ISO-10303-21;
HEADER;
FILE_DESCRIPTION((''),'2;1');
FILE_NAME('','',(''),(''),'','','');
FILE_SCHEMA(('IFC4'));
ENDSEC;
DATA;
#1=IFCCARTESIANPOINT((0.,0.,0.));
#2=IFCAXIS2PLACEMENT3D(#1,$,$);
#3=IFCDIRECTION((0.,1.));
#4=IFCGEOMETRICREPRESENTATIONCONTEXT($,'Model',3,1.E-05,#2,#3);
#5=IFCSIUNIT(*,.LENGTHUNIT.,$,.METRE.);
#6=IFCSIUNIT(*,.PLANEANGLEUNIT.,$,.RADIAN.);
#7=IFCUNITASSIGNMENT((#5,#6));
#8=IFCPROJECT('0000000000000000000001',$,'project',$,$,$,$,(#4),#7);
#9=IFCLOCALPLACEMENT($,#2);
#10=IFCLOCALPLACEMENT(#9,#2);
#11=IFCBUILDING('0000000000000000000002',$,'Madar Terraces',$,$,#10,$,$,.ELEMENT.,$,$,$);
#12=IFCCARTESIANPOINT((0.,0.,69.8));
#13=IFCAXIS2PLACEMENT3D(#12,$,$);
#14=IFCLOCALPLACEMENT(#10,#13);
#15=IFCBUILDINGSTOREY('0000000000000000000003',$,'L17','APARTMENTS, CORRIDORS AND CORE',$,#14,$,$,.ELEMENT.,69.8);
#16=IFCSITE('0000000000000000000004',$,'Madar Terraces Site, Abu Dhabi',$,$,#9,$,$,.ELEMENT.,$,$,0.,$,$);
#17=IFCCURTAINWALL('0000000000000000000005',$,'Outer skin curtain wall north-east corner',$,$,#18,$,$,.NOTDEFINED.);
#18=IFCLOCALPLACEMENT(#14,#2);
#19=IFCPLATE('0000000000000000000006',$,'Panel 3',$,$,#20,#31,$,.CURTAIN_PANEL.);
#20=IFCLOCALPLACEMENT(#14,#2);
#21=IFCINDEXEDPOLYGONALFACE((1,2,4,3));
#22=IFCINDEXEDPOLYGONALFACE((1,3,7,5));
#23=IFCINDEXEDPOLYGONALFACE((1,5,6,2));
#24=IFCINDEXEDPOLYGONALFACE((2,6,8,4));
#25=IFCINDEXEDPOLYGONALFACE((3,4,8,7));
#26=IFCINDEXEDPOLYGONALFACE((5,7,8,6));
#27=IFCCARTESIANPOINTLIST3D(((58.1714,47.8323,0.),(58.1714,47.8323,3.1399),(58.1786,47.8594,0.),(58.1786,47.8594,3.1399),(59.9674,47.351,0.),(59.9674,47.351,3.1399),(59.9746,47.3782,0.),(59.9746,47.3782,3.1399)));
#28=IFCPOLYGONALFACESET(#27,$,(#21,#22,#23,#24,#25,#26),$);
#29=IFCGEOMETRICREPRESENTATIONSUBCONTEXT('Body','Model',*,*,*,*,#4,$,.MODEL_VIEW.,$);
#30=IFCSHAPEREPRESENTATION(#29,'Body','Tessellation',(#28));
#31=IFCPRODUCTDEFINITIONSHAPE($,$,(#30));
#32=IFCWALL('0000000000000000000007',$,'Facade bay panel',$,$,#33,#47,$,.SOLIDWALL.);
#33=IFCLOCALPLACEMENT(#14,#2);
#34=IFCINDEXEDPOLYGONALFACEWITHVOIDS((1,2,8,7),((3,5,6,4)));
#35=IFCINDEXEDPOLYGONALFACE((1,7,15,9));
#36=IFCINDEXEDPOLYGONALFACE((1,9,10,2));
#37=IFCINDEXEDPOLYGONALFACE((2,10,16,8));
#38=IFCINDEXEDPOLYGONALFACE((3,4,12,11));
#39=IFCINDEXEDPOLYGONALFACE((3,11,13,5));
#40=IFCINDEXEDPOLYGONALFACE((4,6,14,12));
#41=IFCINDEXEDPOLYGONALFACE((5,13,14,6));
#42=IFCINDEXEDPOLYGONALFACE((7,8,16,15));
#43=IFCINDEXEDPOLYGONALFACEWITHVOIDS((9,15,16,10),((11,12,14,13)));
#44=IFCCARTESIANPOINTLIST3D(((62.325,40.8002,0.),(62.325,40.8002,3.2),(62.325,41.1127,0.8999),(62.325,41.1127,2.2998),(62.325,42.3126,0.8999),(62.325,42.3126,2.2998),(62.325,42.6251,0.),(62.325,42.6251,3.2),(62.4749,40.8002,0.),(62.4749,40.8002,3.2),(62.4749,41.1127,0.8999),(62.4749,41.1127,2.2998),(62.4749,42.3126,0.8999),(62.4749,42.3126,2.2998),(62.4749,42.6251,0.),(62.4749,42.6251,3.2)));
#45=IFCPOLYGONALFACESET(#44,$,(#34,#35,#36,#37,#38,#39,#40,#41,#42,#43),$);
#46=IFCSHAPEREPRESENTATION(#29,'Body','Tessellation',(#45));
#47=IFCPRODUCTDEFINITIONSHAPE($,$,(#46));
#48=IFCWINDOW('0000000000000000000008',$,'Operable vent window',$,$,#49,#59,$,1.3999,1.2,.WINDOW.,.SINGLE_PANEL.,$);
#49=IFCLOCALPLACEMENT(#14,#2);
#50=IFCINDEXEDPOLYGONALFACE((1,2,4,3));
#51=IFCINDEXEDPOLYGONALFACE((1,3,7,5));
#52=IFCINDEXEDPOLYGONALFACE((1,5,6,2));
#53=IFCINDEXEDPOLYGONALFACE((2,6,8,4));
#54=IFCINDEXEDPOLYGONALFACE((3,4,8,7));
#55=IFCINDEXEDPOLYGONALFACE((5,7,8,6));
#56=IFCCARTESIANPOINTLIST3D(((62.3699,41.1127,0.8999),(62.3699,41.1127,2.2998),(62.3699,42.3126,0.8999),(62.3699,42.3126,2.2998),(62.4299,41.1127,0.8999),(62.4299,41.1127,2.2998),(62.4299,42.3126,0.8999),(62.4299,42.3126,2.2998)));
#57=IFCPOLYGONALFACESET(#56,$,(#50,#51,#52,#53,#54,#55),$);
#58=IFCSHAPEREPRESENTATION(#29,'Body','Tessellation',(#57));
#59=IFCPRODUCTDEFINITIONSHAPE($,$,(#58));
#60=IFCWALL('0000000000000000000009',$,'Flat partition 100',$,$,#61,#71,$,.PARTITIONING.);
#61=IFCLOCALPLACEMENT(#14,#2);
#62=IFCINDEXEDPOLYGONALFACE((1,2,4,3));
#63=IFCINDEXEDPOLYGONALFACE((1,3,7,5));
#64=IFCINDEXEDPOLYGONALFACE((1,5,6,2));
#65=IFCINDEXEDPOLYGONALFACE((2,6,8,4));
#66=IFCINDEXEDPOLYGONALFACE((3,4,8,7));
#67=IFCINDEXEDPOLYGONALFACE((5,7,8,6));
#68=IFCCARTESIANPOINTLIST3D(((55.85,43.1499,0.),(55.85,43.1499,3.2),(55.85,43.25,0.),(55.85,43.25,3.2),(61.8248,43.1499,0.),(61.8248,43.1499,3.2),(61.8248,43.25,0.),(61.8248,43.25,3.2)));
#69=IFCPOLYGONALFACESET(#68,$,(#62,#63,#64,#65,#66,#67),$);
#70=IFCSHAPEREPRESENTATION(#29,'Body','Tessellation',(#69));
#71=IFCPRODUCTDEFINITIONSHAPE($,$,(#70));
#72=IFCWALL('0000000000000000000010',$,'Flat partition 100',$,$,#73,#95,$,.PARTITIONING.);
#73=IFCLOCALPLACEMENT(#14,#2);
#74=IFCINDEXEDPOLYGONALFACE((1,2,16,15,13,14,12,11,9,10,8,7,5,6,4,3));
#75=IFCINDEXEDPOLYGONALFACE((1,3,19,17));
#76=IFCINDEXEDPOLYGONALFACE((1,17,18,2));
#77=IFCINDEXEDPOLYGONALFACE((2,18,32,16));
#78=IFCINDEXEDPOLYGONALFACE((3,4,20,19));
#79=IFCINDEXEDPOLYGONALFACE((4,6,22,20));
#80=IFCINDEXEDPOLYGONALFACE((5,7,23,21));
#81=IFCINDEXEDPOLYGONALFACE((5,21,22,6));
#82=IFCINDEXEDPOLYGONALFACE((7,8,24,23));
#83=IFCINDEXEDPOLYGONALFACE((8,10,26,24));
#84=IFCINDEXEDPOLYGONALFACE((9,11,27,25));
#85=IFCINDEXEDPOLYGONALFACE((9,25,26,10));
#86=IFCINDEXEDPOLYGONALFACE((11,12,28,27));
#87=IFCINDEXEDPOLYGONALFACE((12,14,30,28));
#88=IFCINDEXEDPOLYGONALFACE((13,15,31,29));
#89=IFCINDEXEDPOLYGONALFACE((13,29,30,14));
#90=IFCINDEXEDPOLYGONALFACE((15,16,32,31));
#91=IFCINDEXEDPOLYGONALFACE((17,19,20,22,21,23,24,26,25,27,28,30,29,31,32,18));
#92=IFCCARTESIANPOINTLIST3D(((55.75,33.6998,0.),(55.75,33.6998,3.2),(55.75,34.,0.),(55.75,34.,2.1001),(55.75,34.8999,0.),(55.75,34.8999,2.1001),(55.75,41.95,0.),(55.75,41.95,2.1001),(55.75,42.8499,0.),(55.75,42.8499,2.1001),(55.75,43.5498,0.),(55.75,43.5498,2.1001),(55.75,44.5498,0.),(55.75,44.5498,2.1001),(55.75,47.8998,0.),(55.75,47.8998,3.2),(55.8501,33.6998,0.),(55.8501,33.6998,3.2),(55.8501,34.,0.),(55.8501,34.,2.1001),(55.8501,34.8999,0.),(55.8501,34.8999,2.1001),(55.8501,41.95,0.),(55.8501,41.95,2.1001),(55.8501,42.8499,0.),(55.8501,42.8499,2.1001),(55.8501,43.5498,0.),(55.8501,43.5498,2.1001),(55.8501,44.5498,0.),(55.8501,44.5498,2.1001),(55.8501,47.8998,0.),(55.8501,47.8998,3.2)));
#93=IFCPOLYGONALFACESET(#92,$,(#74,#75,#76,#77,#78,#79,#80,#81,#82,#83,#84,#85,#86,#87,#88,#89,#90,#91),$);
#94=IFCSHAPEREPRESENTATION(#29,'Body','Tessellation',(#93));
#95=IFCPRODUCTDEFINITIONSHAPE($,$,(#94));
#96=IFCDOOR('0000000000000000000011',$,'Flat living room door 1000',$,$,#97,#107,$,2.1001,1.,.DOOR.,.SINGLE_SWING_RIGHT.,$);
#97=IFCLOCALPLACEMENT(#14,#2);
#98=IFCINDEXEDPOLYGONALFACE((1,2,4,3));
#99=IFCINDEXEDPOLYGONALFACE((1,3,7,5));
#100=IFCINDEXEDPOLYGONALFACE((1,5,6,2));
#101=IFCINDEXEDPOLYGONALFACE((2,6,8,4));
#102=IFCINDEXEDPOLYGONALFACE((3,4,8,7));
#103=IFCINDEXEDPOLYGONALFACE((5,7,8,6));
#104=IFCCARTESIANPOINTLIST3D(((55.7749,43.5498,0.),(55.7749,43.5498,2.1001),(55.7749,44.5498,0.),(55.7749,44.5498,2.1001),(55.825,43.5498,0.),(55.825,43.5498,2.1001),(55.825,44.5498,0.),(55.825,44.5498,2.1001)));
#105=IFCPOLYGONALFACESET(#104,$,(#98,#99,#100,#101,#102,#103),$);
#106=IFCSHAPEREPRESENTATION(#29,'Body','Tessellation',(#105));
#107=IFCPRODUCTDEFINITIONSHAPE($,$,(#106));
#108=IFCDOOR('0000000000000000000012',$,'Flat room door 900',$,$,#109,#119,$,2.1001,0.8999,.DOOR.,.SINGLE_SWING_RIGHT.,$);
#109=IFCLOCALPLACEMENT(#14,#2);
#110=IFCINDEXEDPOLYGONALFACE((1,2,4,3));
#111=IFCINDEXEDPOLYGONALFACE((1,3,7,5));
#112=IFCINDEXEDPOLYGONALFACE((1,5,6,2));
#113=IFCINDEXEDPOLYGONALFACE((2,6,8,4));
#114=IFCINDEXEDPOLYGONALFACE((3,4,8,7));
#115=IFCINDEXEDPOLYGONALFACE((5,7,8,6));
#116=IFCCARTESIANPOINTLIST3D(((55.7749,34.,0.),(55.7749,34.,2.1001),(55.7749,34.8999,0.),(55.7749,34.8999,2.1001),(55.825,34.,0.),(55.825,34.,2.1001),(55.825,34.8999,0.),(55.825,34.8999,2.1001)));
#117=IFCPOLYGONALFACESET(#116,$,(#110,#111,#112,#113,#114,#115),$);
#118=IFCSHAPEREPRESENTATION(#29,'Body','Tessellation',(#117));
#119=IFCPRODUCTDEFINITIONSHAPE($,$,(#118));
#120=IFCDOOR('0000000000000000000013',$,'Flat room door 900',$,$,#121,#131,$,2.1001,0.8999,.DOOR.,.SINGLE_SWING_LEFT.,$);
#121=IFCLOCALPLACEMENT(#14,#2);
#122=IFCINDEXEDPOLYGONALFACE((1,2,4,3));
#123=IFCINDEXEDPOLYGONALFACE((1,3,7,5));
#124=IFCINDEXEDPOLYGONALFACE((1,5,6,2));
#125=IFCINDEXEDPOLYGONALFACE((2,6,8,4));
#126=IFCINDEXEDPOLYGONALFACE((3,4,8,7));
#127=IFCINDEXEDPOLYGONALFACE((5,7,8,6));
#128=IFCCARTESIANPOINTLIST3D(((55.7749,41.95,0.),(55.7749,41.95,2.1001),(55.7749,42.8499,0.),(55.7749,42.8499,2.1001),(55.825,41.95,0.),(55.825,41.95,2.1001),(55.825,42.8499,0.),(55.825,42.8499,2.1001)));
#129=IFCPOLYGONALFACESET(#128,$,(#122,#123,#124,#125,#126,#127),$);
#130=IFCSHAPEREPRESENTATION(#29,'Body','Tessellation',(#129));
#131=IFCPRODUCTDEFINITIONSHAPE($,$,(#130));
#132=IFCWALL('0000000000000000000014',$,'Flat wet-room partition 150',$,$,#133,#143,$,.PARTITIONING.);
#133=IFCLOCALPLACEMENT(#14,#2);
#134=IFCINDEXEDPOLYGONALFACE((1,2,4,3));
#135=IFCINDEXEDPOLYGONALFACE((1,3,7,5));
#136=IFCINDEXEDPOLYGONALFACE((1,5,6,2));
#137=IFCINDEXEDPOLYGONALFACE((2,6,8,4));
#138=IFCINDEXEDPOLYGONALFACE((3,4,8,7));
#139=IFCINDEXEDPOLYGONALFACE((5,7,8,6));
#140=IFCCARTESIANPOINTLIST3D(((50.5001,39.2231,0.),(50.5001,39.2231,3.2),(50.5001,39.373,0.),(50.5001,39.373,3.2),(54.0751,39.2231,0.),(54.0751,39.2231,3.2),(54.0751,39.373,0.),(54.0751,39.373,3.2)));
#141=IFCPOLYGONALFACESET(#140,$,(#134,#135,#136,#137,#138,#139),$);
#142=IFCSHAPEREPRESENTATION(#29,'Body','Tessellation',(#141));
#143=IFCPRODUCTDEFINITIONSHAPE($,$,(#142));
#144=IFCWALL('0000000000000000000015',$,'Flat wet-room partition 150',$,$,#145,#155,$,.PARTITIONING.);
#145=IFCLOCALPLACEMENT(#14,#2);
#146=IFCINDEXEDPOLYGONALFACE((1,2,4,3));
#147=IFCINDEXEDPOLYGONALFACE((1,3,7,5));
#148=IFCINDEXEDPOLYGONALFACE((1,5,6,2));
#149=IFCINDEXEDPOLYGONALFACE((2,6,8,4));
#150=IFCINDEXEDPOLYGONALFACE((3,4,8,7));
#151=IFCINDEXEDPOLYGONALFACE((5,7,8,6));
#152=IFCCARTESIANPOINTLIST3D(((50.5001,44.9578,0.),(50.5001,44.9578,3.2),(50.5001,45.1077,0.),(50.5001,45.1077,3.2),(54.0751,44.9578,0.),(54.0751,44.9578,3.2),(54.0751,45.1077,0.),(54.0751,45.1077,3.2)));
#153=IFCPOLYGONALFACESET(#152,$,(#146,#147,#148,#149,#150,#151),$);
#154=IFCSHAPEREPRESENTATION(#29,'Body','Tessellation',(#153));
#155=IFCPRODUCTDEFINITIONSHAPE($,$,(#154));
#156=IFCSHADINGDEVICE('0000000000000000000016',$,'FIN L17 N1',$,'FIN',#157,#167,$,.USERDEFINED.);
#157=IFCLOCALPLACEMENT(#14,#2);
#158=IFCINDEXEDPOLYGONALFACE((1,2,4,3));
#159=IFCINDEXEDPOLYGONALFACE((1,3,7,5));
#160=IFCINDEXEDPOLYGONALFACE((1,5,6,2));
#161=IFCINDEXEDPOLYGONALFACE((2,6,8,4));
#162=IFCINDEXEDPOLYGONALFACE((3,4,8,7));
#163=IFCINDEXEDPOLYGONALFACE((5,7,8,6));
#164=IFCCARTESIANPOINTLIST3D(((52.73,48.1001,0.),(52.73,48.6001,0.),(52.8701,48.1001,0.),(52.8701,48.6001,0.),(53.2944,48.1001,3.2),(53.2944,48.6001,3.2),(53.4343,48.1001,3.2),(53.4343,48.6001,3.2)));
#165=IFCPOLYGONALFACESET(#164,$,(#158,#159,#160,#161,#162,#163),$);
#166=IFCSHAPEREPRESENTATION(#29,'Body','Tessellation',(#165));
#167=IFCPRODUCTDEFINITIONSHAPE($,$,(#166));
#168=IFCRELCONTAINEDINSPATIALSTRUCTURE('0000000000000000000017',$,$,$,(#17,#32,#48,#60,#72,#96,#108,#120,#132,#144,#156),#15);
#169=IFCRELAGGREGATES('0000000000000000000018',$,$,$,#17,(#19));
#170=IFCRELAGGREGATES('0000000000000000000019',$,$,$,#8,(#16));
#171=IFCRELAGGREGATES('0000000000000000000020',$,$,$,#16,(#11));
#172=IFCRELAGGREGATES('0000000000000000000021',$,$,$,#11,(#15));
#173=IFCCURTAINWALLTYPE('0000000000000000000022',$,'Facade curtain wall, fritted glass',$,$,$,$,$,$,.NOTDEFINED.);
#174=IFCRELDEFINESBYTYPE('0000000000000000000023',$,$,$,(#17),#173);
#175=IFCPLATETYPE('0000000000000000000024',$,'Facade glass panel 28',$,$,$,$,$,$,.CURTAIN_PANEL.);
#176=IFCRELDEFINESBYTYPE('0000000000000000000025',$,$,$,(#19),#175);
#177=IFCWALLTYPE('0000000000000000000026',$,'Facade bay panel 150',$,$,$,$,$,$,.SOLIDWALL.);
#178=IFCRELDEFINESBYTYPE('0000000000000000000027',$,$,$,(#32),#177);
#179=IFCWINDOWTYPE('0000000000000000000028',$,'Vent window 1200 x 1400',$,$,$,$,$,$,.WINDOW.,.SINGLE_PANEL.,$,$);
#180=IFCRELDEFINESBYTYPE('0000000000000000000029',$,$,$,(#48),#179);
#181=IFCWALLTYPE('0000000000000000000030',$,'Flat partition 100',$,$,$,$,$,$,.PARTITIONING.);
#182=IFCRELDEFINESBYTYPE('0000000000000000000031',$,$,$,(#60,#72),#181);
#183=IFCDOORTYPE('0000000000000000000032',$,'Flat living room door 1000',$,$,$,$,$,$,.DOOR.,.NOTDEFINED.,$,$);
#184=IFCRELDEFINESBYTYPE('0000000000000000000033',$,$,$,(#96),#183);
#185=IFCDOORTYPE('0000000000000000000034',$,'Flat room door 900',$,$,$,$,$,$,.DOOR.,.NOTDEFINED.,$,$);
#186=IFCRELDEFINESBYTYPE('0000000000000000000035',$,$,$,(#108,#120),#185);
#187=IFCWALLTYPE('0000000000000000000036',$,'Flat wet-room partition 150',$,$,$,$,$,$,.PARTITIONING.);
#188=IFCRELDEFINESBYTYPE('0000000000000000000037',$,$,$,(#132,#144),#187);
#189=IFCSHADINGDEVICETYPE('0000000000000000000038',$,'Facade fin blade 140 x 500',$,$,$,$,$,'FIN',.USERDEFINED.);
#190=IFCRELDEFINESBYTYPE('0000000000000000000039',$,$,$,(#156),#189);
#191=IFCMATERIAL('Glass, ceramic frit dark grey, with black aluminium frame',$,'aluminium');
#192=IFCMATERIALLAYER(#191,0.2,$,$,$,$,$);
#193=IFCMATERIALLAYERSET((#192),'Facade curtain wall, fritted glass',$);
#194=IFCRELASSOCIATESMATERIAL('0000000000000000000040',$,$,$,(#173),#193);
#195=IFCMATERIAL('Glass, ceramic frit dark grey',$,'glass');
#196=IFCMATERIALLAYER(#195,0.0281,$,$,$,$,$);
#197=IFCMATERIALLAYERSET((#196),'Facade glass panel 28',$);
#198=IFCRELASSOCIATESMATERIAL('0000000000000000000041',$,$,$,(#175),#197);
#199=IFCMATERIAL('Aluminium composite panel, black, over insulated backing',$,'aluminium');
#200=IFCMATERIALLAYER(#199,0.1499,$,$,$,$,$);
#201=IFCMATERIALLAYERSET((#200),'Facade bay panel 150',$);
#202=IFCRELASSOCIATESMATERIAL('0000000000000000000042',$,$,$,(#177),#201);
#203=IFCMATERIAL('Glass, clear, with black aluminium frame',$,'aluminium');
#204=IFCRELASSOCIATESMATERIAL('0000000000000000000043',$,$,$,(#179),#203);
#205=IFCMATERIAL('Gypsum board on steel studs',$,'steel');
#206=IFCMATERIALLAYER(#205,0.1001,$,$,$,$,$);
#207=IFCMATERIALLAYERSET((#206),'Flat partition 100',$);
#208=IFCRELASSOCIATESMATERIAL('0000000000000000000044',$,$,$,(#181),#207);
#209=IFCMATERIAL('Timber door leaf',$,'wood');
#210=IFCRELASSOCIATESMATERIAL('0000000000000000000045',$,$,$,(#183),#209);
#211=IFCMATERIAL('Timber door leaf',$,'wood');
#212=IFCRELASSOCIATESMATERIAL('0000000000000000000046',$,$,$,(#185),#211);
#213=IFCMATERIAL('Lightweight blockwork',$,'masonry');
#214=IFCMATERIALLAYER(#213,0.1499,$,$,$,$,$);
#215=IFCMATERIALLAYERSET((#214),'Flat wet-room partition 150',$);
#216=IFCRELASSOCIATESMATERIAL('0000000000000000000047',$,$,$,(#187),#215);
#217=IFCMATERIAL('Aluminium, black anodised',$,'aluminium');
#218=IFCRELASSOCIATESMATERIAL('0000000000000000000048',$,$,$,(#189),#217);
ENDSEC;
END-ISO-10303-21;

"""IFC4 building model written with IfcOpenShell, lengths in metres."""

from ifc_helpers import new_model, si_unit, direction, frame, frame_2d, origin, origin_2d, place, context, subcontext, project, spatial, polyline, rectangle, outline, extrude, material, layer, layer_set, type_object, element, fill, aggregate, save


model = new_model("IFC4")

# Units and contexts
model_context = context("Model", 3, precision=1e-05, world=origin(), true_north=direction((0.0, 1.0)))
body_context = subcontext(model_context, "Body", "Model", "MODEL_VIEW")
ifc_project = project(units=[si_unit("LENGTHUNIT", "METRE"), si_unit("PLANEANGLEUNIT", "RADIAN")], contexts=[model_context])

# Site, building, storey
site_placement = place(None, origin())
site = spatial("IfcSite", under=ifc_project, at=site_placement, Name="Madar Terraces Site, Abu Dhabi", CompositionType="ELEMENT", RefElevation=0.0)
building_placement = place(site_placement, origin())
building = spatial("IfcBuilding", under=site, at=building_placement, Name="Madar Terraces", CompositionType="ELEMENT")
storey_placement = place(building_placement, frame((0.0, 0.0, 69.8)))
storey = spatial("IfcBuildingStorey", under=building, at=storey_placement, Name="L17", Description="APARTMENTS, CORRIDORS AND CORE", CompositionType="ELEMENT", Elevation=69.8)

# Shared definitions
ifc_material_1 = material(Name="Glass, ceramic frit dark grey, with black aluminium frame", Category="aluminium")
ifc_layer_1 = layer(ifc_material_1, 0.2)
ifc_layer_set_1 = layer_set([ifc_layer_1], Name="Facade curtain wall, fritted glass")
curtain_wall_type = type_object("IfcCurtainWallType", Name="Facade curtain wall, fritted glass", PredefinedType="NOTDEFINED", material=ifc_layer_set_1)

# Curtain wall
curtain_wall_1_placement = place(storey_placement, origin())
curtain_wall_1 = element("IfcCurtainWall", 1, at=curtain_wall_1_placement, inside=storey, type_object=curtain_wall_type, Name="Outer skin curtain wall north-east corner", PredefinedType="NOTDEFINED")

# Shared definitions
ifc_material_2 = material(Name="Glass, ceramic frit dark grey", Category="glass")
ifc_layer_2 = layer(ifc_material_2, 0.0281)
ifc_layer_set_2 = layer_set([ifc_layer_2], Name="Facade glass panel 28")
plate_type = type_object("IfcPlateType", Name="Facade glass panel 28", PredefinedType="CURTAIN_PANEL", material=ifc_layer_set_2)

# Plate
plate_1_placement = place(storey_placement, frame((59.073, 47.6052, 0.0), z_axis=(0.0, 0.0, 1.0), x_axis=(-0.965926, 0.258819, 0.0)))
plate_1 = element("IfcPlate", 2, at=plate_1_placement, type_object=plate_type, Name="Panel 3", PredefinedType="CURTAIN_PANEL", context=body_context, shape_type="SweptSolid", body=[
    extrude(rectangle(XDim=1.8594, YDim=0.0281, at=origin_2d()), origin(), (0.0, 0.0, 1.0), 3.1399),
])
aggregate(curtain_wall_1, [plate_1])

# Wall, opening, window
ifc_material_3 = material(Name="Aluminium composite panel, black, over insulated backing", Category="aluminium")
ifc_layer_3 = layer(ifc_material_3, 0.1499)
ifc_layer_set_3 = layer_set([ifc_layer_3], Name="Facade bay panel 150")
wall_type_1 = type_object("IfcWallType", Name="Facade bay panel 150", PredefinedType="SOLIDWALL", material=ifc_layer_set_3)
wall_1_placement = place(storey_placement, frame((62.3999, 40.8, 0.0), z_axis=(0.0, 0.0, 1.0), x_axis=(0.0, 1.0, 0.0)))
wall_1 = element("IfcWall", 3, at=wall_1_placement, inside=storey, type_object=wall_type_1, Name="Facade bay panel", PredefinedType="SOLIDWALL", context=body_context, shape_type="SweptSolid", body=[
    extrude(rectangle(XDim=1.825, YDim=0.1499, at=frame_2d((0.9126, 0.0))), origin(), (0.0, 0.0, 1.0), 3.2),
])
opening_1_placement = place(wall_1_placement, frame((0.3125, 0.0, 0.8999)))
opening_1 = element("IfcOpeningElement", 4, at=opening_1_placement, cuts=wall_1, PredefinedType="OPENING", context=body_context, shape_type="SweptSolid", body=[
    extrude(rectangle(XDim=1.2, YDim=1.3999, at=frame_2d((0.6001, 0.7))), frame((0.0, 0.085, 0.0), z_axis=(0.0, -1.0, 0.0), x_axis=(1.0, 0.0, 0.0)), (0.0, 0.0, 1.0), 0.1699),
])
ifc_material_4 = material(Name="Glass, clear, with black aluminium frame", Category="aluminium")
window_type = type_object("IfcWindowType", Name="Vent window 1200 x 1400", PartitioningType="SINGLE_PANEL", PredefinedType="WINDOW", material=ifc_material_4)
window_placement = place(opening_1_placement, origin())
window = element("IfcWindow", 5, at=window_placement, inside=storey, type_object=window_type, Name="Operable vent window", OverallHeight=1.3999, OverallWidth=1.2, PartitioningType="SINGLE_PANEL", PredefinedType="WINDOW", context=body_context, shape_type="SweptSolid", body=[
    extrude(rectangle(XDim=1.2, YDim=1.3999, at=frame_2d((0.6001, 0.7))), frame((0.0, 0.03, 0.0), z_axis=(0.0, -1.0, 0.0), x_axis=(1.0, 0.0, 0.0)), (0.0, 0.0, 1.0), 0.0601),
])
fill(opening_1, window)

# Wall
ifc_material_5 = material(Name="Gypsum board on steel studs", Category="steel")
ifc_layer_4 = layer(ifc_material_5, 0.1001)
ifc_layer_set_4 = layer_set([ifc_layer_4], Name="Flat partition 100")
wall_type_2 = type_object("IfcWallType", Name="Flat partition 100", PredefinedType="PARTITIONING", material=ifc_layer_set_4)
wall_2_placement = place(storey_placement, frame((55.8501, 43.2, 0.0), z_axis=(0.0, 0.0, 1.0), x_axis=(1.0, 0.0, 0.0)))
element("IfcWall", 6, at=wall_2_placement, inside=storey, type_object=wall_type_2, Name="Flat partition 100", PredefinedType="PARTITIONING", context=body_context, shape_type="SweptSolid", body=[
    extrude(rectangle(XDim=5.9749, YDim=0.1001, at=frame_2d((2.9873, 0.0))), origin(), (0.0, 0.0, 1.0), 3.2),
])

# Wall, openings, doors
wall_3_placement = place(storey_placement, frame((55.8, 47.8999, 0.0), z_axis=(0.0, 0.0, 1.0), x_axis=(0.0, -1.0, 0.0)))
wall_3 = element("IfcWall", 7, at=wall_3_placement, inside=storey, type_object=wall_type_2, Name="Flat partition 100", PredefinedType="PARTITIONING", context=body_context, shape_type="SweptSolid", body=[
    extrude(rectangle(XDim=14.2, YDim=0.1001, at=frame_2d((7.1001, 0.0))), origin(), (0.0, 0.0, 1.0), 3.2),
])
opening_2_placement = place(wall_3_placement, frame((13.0, 0.0, 0.0)))
opening_2 = element("IfcOpeningElement", 8, at=opening_2_placement, cuts=wall_3, PredefinedType="OPENING", context=body_context, shape_type="SweptSolid", body=[
    extrude(rectangle(XDim=0.8999, YDim=2.1001, at=frame_2d((0.45, 1.05))), frame((0.0, 0.0601, 0.0), z_axis=(0.0, -1.0, 0.0), x_axis=(1.0, 0.0, 0.0)), (0.0, 0.0, 1.0), 0.1201),
])
opening_3_placement = place(wall_3_placement, frame((5.05, 0.0, 0.0)))
opening_3 = element("IfcOpeningElement", 9, at=opening_3_placement, cuts=wall_3, PredefinedType="OPENING", context=body_context, shape_type="SweptSolid", body=[
    extrude(rectangle(XDim=0.8999, YDim=2.1001, at=frame_2d((0.45, 1.05))), frame((0.0, 0.0601, 0.0), z_axis=(0.0, -1.0, 0.0), x_axis=(1.0, 0.0, 0.0)), (0.0, 0.0, 1.0), 0.1201),
])
opening_4_placement = place(wall_3_placement, frame((3.3501, 0.0, 0.0)))
opening_4 = element("IfcOpeningElement", 10, at=opening_4_placement, cuts=wall_3, PredefinedType="OPENING", context=body_context, shape_type="SweptSolid", body=[
    extrude(rectangle(XDim=1.0, YDim=2.1001, at=frame_2d((0.5, 1.05))), frame((0.0, 0.0601, 0.0), z_axis=(0.0, -1.0, 0.0), x_axis=(1.0, 0.0, 0.0)), (0.0, 0.0, 1.0), 0.1201),
])
ifc_material_6 = material(Name="Timber door leaf", Category="wood")
door_type_1 = type_object("IfcDoorType", Name="Flat living room door 1000", OperationType="NOTDEFINED", PredefinedType="DOOR", material=ifc_material_6)
door_1_placement = place(opening_4_placement, origin())
door_1 = element("IfcDoor", 11, at=door_1_placement, inside=storey, type_object=door_type_1, Name="Flat living room door 1000", OperationType="SINGLE_SWING_RIGHT", OverallHeight=2.1001, OverallWidth=1.0, PredefinedType="DOOR", context=body_context, shape_type="SweptSolid", body=[
    extrude(rectangle(XDim=1.0, YDim=2.1001, at=frame_2d((0.5, 1.05))), frame((0.0, 0.0249, 0.0), z_axis=(0.0, -1.0, 0.0), x_axis=(1.0, 0.0, 0.0)), (0.0, 0.0, 1.0), 0.05),
])
fill(opening_4, door_1)
ifc_material_7 = material(Name="Timber door leaf", Category="wood")
door_type_2 = type_object("IfcDoorType", Name="Flat room door 900", OperationType="NOTDEFINED", PredefinedType="DOOR", material=ifc_material_7)
door_2_placement = place(opening_2_placement, origin())
door_2 = element("IfcDoor", 12, at=door_2_placement, inside=storey, type_object=door_type_2, Name="Flat room door 900", OperationType="SINGLE_SWING_RIGHT", OverallHeight=2.1001, OverallWidth=0.8999, PredefinedType="DOOR", context=body_context, shape_type="SweptSolid", body=[
    extrude(rectangle(XDim=0.8999, YDim=2.1001, at=frame_2d((0.45, 1.05))), frame((0.0, 0.0249, 0.0), z_axis=(0.0, -1.0, 0.0), x_axis=(1.0, 0.0, 0.0)), (0.0, 0.0, 1.0), 0.05),
])
fill(opening_2, door_2)
door_3_placement = place(opening_3_placement, origin())
door_3 = element("IfcDoor", 13, at=door_3_placement, inside=storey, type_object=door_type_2, Name="Flat room door 900", OperationType="SINGLE_SWING_LEFT", OverallHeight=2.1001, OverallWidth=0.8999, PredefinedType="DOOR", context=body_context, shape_type="SweptSolid", body=[
    extrude(rectangle(XDim=0.8999, YDim=2.1001, at=frame_2d((0.45, 1.05))), frame((0.0, 0.0249, 0.0), z_axis=(0.0, -1.0, 0.0), x_axis=(1.0, 0.0, 0.0)), (0.0, 0.0, 1.0), 0.05),
])
fill(opening_3, door_3)

# Walls
ifc_material_8 = material(Name="Lightweight blockwork", Category="masonry")
ifc_layer_5 = layer(ifc_material_8, 0.1499)
ifc_layer_set_5 = layer_set([ifc_layer_5], Name="Flat wet-room partition 150")
wall_type_3 = type_object("IfcWallType", Name="Flat wet-room partition 150", PredefinedType="PARTITIONING", material=ifc_layer_set_5)
for number, where, z_axis, x_axis, name in (
    (14, (50.5, 39.2981, 0.0), (0.0, 0.0, 1.0), (1.0, 0.0, 0.0), "Flat wet-room partition 150"),
    (15, (50.5, 45.0327, 0.0), (0.0, 0.0, 1.0), (1.0, 0.0, 0.0), "Flat wet-room partition 150"),
):
    element("IfcWall", number, at=place(storey_placement, frame(where, z_axis=z_axis, x_axis=x_axis)), inside=storey, type_object=wall_type_3, Name=name, PredefinedType="PARTITIONING", context=body_context, shape_type="SweptSolid", body=[
        extrude(rectangle(XDim=3.575, YDim=0.1499, at=frame_2d((1.7876, 0.0))), origin(), (0.0, 0.0, 1.0), 3.2),
    ])

# Shading device
ifc_material_9 = material(Name="Aluminium, black anodised", Category="aluminium")
shading_device_type = type_object("IfcShadingDeviceType", Name="Facade fin blade 140 x 500", ElementType="FIN", PredefinedType="USERDEFINED", material=ifc_material_9)
shading_device_placement = place(storey_placement, frame((52.8701, 48.3501, 0.0), z_axis=(0.0, 0.0, 1.0), x_axis=(-1.0, 0.0, 0.0)))
element("IfcShadingDevice", 16, at=shading_device_placement, inside=storey, type_object=shading_device_type, Name="FIN L17 N1", ObjectType="FIN", PredefinedType="USERDEFINED", context=body_context, shape_type="SweptSolid", body=[
    extrude(outline(polyline([(0.0, 0.0), (0.1401, 0.0), (-0.4243, 3.2), (-0.5642, 3.2), (0.0, 0.0)])), frame((0.0, 0.25, 0.0), z_axis=(0.0, -1.0, 0.0), x_axis=(1.0, 0.0, 0.0)), (0.0, 0.0, 1.0), 0.5),
])

save(model, "model.ifc")
